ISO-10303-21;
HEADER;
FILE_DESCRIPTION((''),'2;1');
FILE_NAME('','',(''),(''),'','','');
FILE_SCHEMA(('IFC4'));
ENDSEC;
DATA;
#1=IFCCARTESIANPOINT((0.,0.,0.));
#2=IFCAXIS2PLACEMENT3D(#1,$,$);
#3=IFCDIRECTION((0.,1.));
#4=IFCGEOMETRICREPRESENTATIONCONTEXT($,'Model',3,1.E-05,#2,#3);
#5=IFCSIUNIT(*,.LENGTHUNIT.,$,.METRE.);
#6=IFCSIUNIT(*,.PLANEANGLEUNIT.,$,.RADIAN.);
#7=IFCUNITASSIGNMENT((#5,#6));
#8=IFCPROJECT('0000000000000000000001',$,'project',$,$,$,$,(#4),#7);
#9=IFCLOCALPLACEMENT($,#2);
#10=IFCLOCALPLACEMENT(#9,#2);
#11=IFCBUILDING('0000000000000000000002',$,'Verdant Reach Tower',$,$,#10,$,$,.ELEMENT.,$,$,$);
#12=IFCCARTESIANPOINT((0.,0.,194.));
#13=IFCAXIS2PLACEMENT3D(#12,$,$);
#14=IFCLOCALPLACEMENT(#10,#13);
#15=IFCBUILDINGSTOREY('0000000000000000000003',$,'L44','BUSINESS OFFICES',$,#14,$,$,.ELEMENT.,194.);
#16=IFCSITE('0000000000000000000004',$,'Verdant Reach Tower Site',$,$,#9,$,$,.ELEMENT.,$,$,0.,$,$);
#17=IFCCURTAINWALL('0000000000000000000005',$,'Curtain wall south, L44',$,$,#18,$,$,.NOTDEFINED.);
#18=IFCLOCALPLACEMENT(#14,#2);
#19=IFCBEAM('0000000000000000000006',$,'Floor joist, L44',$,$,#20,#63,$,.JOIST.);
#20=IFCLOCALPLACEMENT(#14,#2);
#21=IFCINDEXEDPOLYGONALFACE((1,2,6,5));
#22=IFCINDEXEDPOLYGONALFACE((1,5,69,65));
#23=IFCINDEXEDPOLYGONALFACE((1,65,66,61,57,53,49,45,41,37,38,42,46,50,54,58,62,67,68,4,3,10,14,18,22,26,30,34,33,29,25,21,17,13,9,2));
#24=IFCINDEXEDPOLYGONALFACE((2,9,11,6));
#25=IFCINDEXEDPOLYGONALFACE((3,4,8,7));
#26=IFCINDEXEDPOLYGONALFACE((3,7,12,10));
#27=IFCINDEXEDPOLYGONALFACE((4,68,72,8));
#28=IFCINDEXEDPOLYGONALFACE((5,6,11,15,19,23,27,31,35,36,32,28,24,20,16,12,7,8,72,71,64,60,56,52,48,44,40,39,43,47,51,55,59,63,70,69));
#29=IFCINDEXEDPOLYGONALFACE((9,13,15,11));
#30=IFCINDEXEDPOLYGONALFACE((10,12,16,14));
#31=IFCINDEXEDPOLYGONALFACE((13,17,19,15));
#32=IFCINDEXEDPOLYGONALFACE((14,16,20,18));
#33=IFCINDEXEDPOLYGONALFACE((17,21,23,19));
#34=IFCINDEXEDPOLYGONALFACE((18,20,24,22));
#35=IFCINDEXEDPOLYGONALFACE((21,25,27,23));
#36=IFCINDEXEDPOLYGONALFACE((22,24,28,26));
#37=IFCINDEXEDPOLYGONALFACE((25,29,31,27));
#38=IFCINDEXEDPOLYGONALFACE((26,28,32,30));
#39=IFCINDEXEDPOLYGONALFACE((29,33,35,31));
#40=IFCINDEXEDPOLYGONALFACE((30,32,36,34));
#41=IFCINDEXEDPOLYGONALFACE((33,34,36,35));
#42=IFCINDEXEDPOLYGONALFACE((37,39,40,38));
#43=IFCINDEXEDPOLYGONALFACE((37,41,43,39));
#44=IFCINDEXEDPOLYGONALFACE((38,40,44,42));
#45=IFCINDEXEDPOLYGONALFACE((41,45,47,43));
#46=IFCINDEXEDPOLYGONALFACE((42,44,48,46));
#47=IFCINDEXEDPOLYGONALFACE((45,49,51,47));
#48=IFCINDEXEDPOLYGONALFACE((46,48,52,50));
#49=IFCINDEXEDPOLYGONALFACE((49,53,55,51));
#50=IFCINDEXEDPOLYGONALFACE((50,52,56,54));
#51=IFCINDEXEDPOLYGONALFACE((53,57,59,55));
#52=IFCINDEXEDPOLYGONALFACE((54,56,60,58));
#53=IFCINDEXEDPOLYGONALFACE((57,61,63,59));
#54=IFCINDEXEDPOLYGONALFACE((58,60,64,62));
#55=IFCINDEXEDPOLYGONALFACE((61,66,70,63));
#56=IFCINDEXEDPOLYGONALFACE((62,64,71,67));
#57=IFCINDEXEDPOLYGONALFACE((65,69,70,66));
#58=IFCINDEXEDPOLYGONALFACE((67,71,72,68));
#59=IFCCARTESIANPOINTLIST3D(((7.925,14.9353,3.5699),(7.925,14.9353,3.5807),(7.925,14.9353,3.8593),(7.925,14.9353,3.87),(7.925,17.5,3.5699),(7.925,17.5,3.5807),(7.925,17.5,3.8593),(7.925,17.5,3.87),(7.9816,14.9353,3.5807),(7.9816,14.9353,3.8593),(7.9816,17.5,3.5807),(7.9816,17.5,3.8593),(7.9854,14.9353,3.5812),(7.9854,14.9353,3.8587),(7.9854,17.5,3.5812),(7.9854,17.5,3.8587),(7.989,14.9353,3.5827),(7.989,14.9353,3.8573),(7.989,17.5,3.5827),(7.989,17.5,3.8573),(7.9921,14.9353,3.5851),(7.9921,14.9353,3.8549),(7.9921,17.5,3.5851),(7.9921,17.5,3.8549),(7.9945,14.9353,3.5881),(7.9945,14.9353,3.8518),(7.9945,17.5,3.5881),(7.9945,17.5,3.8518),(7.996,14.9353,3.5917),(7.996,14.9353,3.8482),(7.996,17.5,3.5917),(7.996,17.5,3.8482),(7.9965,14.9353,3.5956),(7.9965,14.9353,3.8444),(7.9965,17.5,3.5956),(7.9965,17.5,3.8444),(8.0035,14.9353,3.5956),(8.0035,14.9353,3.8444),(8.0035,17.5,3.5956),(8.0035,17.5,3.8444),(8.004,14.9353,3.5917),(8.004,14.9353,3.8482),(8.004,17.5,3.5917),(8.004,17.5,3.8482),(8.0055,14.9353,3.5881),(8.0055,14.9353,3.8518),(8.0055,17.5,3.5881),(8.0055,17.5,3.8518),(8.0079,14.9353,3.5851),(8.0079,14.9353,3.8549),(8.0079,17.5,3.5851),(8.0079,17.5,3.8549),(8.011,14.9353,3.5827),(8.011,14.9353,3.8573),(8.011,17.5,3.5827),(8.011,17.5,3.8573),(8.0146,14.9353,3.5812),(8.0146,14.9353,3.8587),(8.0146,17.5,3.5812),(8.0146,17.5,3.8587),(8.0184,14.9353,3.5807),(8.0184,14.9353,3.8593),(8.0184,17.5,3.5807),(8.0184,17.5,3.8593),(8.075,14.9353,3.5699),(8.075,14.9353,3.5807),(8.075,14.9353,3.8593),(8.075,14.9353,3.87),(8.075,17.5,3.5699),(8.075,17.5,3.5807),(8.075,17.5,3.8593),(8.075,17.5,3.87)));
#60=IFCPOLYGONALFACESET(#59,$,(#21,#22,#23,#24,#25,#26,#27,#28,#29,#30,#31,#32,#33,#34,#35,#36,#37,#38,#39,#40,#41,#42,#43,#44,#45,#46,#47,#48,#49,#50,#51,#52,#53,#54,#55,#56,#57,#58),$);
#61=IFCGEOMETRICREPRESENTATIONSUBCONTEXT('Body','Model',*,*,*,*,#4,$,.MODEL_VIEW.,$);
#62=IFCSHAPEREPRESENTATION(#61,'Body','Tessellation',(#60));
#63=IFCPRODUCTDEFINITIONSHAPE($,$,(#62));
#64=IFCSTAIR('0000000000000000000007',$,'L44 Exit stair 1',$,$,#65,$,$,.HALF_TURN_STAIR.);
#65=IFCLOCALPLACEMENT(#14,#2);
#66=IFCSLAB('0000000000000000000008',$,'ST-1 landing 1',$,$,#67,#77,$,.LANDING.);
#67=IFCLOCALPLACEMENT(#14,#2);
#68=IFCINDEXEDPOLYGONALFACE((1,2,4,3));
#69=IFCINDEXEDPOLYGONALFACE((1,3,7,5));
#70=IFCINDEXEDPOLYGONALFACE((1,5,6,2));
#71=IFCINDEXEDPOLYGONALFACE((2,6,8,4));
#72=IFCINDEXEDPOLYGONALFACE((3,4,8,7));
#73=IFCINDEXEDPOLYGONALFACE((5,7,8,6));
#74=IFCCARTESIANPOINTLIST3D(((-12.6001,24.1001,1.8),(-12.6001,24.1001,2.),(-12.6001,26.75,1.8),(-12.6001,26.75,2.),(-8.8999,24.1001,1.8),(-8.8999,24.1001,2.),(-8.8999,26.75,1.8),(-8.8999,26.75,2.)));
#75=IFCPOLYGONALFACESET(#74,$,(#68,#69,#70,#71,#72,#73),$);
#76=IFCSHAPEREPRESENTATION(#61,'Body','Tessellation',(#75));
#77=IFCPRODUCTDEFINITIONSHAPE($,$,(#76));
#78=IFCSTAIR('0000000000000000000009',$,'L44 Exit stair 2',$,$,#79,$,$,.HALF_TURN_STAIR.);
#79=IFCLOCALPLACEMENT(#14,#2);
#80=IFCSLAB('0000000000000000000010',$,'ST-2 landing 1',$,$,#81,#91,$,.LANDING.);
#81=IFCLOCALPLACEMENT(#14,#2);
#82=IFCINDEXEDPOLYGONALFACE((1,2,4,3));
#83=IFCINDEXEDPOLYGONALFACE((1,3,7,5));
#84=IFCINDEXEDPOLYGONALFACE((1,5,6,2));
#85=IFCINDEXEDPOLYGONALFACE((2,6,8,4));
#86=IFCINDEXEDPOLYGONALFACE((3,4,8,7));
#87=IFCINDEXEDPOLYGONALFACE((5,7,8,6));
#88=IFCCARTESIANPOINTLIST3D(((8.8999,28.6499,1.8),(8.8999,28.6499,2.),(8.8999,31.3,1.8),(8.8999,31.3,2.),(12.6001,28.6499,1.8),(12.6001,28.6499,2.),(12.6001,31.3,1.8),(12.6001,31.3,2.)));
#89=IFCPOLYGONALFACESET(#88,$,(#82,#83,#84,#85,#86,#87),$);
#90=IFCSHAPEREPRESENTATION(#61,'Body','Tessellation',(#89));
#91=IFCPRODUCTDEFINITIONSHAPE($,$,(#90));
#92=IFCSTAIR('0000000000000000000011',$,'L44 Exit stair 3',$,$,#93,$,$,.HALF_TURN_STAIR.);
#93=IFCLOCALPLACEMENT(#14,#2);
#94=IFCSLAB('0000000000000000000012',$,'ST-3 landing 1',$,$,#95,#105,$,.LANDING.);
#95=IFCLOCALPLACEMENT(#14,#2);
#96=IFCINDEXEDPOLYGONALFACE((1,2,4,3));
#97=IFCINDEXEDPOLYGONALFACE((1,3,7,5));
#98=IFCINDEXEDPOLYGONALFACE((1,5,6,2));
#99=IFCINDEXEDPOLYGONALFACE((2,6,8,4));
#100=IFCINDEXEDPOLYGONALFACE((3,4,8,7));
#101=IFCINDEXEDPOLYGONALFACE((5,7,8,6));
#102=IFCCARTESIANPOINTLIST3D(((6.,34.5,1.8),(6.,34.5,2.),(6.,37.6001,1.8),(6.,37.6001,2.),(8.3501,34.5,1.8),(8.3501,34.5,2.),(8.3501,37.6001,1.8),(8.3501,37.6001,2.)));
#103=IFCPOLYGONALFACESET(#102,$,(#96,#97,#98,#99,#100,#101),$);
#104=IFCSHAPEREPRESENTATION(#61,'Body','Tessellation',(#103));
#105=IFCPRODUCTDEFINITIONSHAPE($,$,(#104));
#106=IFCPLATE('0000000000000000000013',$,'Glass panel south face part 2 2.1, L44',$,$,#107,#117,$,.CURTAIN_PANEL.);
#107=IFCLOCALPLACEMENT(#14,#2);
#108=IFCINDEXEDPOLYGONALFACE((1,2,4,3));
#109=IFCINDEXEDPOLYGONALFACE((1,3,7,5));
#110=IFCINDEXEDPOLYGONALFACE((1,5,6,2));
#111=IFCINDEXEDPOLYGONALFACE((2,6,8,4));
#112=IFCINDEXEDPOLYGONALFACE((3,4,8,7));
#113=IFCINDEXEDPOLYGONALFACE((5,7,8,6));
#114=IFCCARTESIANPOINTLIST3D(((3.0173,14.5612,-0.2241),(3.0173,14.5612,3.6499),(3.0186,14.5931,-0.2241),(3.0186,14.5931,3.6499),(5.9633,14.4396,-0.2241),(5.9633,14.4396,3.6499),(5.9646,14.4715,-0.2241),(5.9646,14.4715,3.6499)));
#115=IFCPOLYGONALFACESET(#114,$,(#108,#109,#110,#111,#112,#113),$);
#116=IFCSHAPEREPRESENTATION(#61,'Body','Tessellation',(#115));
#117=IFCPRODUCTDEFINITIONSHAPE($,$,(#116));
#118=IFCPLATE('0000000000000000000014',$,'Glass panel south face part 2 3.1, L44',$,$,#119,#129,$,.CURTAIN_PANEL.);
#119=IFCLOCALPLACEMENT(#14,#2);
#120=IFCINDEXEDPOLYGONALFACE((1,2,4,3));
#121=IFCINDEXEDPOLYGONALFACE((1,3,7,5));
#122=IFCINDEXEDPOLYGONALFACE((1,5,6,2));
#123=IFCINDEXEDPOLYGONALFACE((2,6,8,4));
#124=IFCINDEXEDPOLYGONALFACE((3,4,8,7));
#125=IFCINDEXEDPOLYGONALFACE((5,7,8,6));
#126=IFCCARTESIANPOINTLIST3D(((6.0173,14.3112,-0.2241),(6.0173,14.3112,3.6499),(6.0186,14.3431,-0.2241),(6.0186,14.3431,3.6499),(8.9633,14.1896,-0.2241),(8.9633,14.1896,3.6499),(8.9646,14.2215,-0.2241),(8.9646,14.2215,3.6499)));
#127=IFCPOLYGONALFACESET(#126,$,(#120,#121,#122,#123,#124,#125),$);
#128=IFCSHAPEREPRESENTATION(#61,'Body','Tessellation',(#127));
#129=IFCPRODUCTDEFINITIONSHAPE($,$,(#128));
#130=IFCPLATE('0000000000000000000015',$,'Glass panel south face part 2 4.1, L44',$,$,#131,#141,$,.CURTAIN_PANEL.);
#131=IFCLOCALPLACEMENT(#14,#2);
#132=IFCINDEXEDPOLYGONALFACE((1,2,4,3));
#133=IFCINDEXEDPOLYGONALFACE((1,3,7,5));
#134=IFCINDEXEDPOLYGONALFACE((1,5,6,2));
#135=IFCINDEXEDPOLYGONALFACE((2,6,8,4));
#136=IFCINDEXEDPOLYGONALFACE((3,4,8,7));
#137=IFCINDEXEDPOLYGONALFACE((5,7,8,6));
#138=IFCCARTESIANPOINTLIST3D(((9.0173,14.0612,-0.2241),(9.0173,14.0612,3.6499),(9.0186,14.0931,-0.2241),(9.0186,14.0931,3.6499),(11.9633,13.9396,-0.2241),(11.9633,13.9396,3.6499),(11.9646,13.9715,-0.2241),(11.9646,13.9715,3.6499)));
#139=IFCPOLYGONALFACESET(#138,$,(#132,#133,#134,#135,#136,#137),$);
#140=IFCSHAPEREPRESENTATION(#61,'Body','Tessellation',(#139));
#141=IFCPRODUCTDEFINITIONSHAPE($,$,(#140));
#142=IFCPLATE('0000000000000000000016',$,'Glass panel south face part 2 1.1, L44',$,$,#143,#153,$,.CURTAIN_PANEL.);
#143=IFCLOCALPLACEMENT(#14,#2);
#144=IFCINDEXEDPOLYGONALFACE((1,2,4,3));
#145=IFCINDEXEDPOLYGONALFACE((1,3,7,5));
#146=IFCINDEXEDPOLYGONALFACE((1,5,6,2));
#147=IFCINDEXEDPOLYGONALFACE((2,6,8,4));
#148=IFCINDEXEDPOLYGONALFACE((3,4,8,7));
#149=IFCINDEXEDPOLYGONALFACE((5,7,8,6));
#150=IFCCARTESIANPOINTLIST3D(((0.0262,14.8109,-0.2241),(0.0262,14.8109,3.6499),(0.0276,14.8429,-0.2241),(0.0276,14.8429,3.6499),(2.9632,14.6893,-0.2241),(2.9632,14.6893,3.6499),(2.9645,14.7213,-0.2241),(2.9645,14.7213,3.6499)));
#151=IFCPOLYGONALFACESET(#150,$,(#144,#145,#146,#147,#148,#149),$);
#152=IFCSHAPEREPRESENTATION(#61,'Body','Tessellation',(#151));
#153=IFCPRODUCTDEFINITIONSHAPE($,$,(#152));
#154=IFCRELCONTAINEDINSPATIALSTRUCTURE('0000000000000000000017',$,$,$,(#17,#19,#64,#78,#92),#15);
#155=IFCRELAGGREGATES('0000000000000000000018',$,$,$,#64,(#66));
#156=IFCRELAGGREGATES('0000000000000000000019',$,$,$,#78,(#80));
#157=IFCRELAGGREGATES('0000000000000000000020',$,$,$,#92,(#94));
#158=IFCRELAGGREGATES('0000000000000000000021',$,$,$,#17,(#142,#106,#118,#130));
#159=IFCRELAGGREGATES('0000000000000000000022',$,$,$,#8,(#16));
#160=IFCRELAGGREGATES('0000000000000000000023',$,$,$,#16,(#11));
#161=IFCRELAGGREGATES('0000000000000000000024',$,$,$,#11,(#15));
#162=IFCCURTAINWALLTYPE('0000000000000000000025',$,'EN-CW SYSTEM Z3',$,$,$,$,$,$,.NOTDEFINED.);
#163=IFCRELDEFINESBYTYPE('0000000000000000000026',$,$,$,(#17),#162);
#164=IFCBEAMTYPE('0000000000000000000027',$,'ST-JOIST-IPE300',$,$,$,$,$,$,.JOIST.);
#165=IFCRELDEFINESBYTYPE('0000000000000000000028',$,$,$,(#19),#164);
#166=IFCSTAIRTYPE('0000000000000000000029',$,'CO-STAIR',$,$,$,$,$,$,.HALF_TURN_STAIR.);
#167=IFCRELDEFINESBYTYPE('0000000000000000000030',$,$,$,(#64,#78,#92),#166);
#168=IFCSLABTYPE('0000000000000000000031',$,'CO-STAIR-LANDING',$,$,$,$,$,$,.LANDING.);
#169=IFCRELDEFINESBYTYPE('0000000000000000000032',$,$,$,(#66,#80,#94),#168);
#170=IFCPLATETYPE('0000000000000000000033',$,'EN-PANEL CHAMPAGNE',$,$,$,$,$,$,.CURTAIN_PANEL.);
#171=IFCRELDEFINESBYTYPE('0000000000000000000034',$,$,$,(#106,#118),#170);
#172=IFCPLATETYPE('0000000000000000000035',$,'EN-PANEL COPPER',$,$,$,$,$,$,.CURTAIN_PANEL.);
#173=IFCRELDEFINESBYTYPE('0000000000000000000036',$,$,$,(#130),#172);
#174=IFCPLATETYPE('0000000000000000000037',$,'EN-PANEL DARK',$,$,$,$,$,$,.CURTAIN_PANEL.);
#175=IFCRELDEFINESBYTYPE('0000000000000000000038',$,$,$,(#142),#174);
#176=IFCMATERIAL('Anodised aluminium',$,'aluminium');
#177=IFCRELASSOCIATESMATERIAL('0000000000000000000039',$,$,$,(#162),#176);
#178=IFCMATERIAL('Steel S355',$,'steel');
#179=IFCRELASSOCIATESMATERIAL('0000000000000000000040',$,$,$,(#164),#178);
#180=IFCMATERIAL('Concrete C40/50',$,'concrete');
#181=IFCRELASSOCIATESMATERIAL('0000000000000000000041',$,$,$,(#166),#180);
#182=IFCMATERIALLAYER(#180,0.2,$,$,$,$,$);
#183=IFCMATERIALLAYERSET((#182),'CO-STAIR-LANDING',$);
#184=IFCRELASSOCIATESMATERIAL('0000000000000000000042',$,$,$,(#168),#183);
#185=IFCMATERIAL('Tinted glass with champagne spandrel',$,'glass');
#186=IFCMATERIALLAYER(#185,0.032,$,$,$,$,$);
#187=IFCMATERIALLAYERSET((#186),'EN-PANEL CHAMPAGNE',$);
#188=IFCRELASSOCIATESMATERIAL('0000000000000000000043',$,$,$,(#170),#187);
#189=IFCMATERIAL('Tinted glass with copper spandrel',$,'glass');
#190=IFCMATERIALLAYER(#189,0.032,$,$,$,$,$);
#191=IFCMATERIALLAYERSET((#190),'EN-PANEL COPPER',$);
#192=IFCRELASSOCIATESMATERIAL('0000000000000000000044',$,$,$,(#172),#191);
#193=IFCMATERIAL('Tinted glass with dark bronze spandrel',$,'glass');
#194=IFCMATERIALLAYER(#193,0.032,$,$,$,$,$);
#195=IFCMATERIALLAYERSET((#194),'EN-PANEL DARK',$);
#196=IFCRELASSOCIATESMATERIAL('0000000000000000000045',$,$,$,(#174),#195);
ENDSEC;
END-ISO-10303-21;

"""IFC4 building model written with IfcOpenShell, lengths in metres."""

from ifc_helpers import new_model, si_unit, direction, frame, origin, origin_2d, place, context, subcontext, project, spatial, polyline, rectangle, i_section, outline, extrude, material, layer, layer_set, material_profile, profile_set, type_object, element, aggregate, save


model = new_model("IFC4")

# Units and contexts
model_context = context("Model", 3, precision=1e-05, world=origin(), true_north=direction((0.0, 1.0)))
body_context = subcontext(model_context, "Body", "Model", "MODEL_VIEW")
ifc_project = project(units=[si_unit("LENGTHUNIT", "METRE"), si_unit("PLANEANGLEUNIT", "RADIAN")], contexts=[model_context])

# Site, building, storey
site_placement = place(None, origin())
site = spatial("IfcSite", under=ifc_project, at=site_placement, Name="Verdant Reach Tower Site", CompositionType="ELEMENT", RefElevation=0.0)
building_placement = place(site_placement, origin())
building = spatial("IfcBuilding", under=site, at=building_placement, Name="Verdant Reach Tower", CompositionType="ELEMENT")
storey_placement = place(building_placement, frame((0.0, 0.0, 194.0)))
storey = spatial("IfcBuildingStorey", under=building, at=storey_placement, Name="L44", Description="BUSINESS OFFICES", CompositionType="ELEMENT", Elevation=194.0)

# Curtain wall
ifc_material_1 = material(Name="Anodised aluminium", Category="aluminium")
curtain_wall_type = type_object("IfcCurtainWallType", Name="EN-CW SYSTEM Z3", PredefinedType="NOTDEFINED", material=ifc_material_1)
curtain_wall_placement = place(storey_placement, origin())
curtain_wall = element("IfcCurtainWall", 1, at=curtain_wall_placement, inside=storey, type_object=curtain_wall_type, Name="Curtain wall south, L44", PredefinedType="NOTDEFINED")

# Beam
ifc_material_2 = material(Name="Steel S355", Category="steel")
ifc_material_profile_1 = material_profile(ifc_material_2, i_section(OverallWidth=0.1499, OverallDepth=0.3, WebThickness=0.0071, FlangeThickness=0.0107, FilletRadius=0.0149, at=origin_2d()), Name="IPE 300")
ifc_profile_set_1 = profile_set([ifc_material_profile_1], Name="Steel S355")
beam_type = type_object("IfcBeamType", Name="ST-JOIST-IPE300", PredefinedType="JOIST", material=ifc_profile_set_1)
beam_1_placement = place(storey_placement, frame((8.0, 17.5, 3.72), z_axis=(0.0, -1.0, 0.0), x_axis=(1.0, 0.0, 0.0)))
element("IfcBeam", 2, at=beam_1_placement, inside=storey, type_object=beam_type, Name="Floor joist, L44", PredefinedType="JOIST", context=body_context, shape_type="SweptSolid", body=[
    extrude(i_section(OverallWidth=0.1499, OverallDepth=0.3, WebThickness=0.0071, FlangeThickness=0.0107, FilletRadius=0.0149, at=origin_2d()), origin(), (0.0, 0.0, 1.0), 2.5647),
])

# Stairs, slabs
ifc_material_3 = material(Name="Concrete C40/50", Category="concrete")
stair_type = type_object("IfcStairType", Name="CO-STAIR", PredefinedType="HALF_TURN_STAIR", material=ifc_material_3)
stair_1_placement = place(storey_placement, origin())
stair_1 = element("IfcStair", 3, at=stair_1_placement, inside=storey, type_object=stair_type, Name="L44 Exit stair 1", PredefinedType="HALF_TURN_STAIR")
ifc_layer_1 = layer(ifc_material_3, 0.2)
ifc_layer_set_1 = layer_set([ifc_layer_1], Name="CO-STAIR-LANDING")
slab_type_1 = type_object("IfcSlabType", Name="CO-STAIR-LANDING", PredefinedType="LANDING", material=ifc_layer_set_1)
slab_1_placement = place(storey_placement, frame((0.0, 0.0, 1.8)))
slab_1 = element("IfcSlab", 4, at=slab_1_placement, type_object=slab_type_1, Name="ST-1 landing 1", PredefinedType="LANDING", context=body_context, shape_type="SweptSolid", body=[
    extrude(outline(polyline([(-12.6001, 26.75), (-12.6001, 24.1001), (-8.8999, 24.1001), (-8.8999, 26.75), (-12.6001, 26.75)])), origin(), (0.0, 0.0, 1.0), 0.2),
])
aggregate(stair_1, [slab_1])
stair_2_placement = place(storey_placement, origin())
stair_2 = element("IfcStair", 5, at=stair_2_placement, inside=storey, type_object=stair_type, Name="L44 Exit stair 2", PredefinedType="HALF_TURN_STAIR")
slab_2_placement = place(storey_placement, frame((0.0, 0.0, 1.8)))
slab_2 = element("IfcSlab", 6, at=slab_2_placement, type_object=slab_type_1, Name="ST-2 landing 1", PredefinedType="LANDING", context=body_context, shape_type="SweptSolid", body=[
    extrude(outline(polyline([(12.6001, 28.6499), (12.6001, 31.3), (8.8999, 31.3), (8.8999, 28.6499), (12.6001, 28.6499)])), origin(), (0.0, 0.0, 1.0), 0.2),
])
aggregate(stair_2, [slab_2])
stair_3_placement = place(storey_placement, origin())
stair_3 = element("IfcStair", 7, at=stair_3_placement, inside=storey, type_object=stair_type, Name="L44 Exit stair 3", PredefinedType="HALF_TURN_STAIR")
slab_3_placement = place(storey_placement, frame((0.0, 0.0, 1.8)))
slab_3 = element("IfcSlab", 8, at=slab_3_placement, type_object=slab_type_1, Name="ST-3 landing 1", PredefinedType="LANDING", context=body_context, shape_type="SweptSolid", body=[
    extrude(outline(polyline([(8.3501, 37.6001), (6.0, 37.6001), (6.0, 34.5), (8.3501, 34.5), (8.3501, 37.6001)])), origin(), (0.0, 0.0, 1.0), 0.2),
])
aggregate(stair_3, [slab_3])

# Plates
ifc_material_4 = material(Name="Tinted glass with champagne spandrel", Category="glass")
ifc_layer_2 = layer(ifc_material_4, 0.032)
ifc_layer_set_2 = layer_set([ifc_layer_2], Name="EN-PANEL CHAMPAGNE")
plate_type_1 = type_object("IfcPlateType", Name="EN-PANEL CHAMPAGNE", PredefinedType="CURTAIN_PANEL", material=ifc_layer_set_2)
plate_1_placement = place(storey_placement, frame((4.491, 14.5164, -0.2241), z_axis=(0.0, 0.0, 1.0), x_axis=(0.999149, -0.041242, 0.0)))
plate_1 = element("IfcPlate", 9, at=plate_1_placement, type_object=plate_type_1, Name="Glass panel south face part 2 2.1, L44", PredefinedType="CURTAIN_PANEL", context=body_context, shape_type="SweptSolid", body=[
    extrude(rectangle(XDim=2.9485, YDim=0.032, at=origin_2d()), origin(), (0.0, 0.0, 1.0), 3.874),
])
plate_2_placement = place(storey_placement, frame((7.491, 14.2664, -0.2241), z_axis=(0.0, 0.0, 1.0), x_axis=(0.999149, -0.041242, 0.0)))
plate_2 = element("IfcPlate", 10, at=plate_2_placement, type_object=plate_type_1, Name="Glass panel south face part 2 3.1, L44", PredefinedType="CURTAIN_PANEL", context=body_context, shape_type="SweptSolid", body=[
    extrude(rectangle(XDim=2.9485, YDim=0.032, at=origin_2d()), origin(), (0.0, 0.0, 1.0), 3.874),
])
ifc_material_5 = material(Name="Tinted glass with copper spandrel", Category="glass")
ifc_layer_3 = layer(ifc_material_5, 0.032)
ifc_layer_set_3 = layer_set([ifc_layer_3], Name="EN-PANEL COPPER")
plate_type_2 = type_object("IfcPlateType", Name="EN-PANEL COPPER", PredefinedType="CURTAIN_PANEL", material=ifc_layer_set_3)
plate_3_placement = place(storey_placement, frame((10.491, 14.0164, -0.2241), z_axis=(0.0, 0.0, 1.0), x_axis=(0.999149, -0.041242, 0.0)))
plate_3 = element("IfcPlate", 11, at=plate_3_placement, type_object=plate_type_2, Name="Glass panel south face part 2 4.1, L44", PredefinedType="CURTAIN_PANEL", context=body_context, shape_type="SweptSolid", body=[
    extrude(rectangle(XDim=2.9485, YDim=0.032, at=origin_2d()), origin(), (0.0, 0.0, 1.0), 3.874),
])
ifc_material_6 = material(Name="Tinted glass with dark bronze spandrel", Category="glass")
ifc_layer_4 = layer(ifc_material_6, 0.032)
ifc_layer_set_4 = layer_set([ifc_layer_4], Name="EN-PANEL DARK")
plate_type_3 = type_object("IfcPlateType", Name="EN-PANEL DARK", PredefinedType="CURTAIN_PANEL", material=ifc_layer_set_4)
plate_4_placement = place(storey_placement, frame((1.4954, 14.7661, -0.2241), z_axis=(0.0, 0.0, 1.0), x_axis=(0.999144, -0.041367, 0.0)))
plate_4 = element("IfcPlate", 12, at=plate_4_placement, type_object=plate_type_3, Name="Glass panel south face part 2 1.1, L44", PredefinedType="CURTAIN_PANEL", context=body_context, shape_type="SweptSolid", body=[
    extrude(rectangle(XDim=2.9395, YDim=0.032, at=origin_2d()), origin(), (0.0, 0.0, 1.0), 3.874),
])
aggregate(curtain_wall, [plate_4, plate_1, plate_2, plate_3])

save(model, "model.ifc")
